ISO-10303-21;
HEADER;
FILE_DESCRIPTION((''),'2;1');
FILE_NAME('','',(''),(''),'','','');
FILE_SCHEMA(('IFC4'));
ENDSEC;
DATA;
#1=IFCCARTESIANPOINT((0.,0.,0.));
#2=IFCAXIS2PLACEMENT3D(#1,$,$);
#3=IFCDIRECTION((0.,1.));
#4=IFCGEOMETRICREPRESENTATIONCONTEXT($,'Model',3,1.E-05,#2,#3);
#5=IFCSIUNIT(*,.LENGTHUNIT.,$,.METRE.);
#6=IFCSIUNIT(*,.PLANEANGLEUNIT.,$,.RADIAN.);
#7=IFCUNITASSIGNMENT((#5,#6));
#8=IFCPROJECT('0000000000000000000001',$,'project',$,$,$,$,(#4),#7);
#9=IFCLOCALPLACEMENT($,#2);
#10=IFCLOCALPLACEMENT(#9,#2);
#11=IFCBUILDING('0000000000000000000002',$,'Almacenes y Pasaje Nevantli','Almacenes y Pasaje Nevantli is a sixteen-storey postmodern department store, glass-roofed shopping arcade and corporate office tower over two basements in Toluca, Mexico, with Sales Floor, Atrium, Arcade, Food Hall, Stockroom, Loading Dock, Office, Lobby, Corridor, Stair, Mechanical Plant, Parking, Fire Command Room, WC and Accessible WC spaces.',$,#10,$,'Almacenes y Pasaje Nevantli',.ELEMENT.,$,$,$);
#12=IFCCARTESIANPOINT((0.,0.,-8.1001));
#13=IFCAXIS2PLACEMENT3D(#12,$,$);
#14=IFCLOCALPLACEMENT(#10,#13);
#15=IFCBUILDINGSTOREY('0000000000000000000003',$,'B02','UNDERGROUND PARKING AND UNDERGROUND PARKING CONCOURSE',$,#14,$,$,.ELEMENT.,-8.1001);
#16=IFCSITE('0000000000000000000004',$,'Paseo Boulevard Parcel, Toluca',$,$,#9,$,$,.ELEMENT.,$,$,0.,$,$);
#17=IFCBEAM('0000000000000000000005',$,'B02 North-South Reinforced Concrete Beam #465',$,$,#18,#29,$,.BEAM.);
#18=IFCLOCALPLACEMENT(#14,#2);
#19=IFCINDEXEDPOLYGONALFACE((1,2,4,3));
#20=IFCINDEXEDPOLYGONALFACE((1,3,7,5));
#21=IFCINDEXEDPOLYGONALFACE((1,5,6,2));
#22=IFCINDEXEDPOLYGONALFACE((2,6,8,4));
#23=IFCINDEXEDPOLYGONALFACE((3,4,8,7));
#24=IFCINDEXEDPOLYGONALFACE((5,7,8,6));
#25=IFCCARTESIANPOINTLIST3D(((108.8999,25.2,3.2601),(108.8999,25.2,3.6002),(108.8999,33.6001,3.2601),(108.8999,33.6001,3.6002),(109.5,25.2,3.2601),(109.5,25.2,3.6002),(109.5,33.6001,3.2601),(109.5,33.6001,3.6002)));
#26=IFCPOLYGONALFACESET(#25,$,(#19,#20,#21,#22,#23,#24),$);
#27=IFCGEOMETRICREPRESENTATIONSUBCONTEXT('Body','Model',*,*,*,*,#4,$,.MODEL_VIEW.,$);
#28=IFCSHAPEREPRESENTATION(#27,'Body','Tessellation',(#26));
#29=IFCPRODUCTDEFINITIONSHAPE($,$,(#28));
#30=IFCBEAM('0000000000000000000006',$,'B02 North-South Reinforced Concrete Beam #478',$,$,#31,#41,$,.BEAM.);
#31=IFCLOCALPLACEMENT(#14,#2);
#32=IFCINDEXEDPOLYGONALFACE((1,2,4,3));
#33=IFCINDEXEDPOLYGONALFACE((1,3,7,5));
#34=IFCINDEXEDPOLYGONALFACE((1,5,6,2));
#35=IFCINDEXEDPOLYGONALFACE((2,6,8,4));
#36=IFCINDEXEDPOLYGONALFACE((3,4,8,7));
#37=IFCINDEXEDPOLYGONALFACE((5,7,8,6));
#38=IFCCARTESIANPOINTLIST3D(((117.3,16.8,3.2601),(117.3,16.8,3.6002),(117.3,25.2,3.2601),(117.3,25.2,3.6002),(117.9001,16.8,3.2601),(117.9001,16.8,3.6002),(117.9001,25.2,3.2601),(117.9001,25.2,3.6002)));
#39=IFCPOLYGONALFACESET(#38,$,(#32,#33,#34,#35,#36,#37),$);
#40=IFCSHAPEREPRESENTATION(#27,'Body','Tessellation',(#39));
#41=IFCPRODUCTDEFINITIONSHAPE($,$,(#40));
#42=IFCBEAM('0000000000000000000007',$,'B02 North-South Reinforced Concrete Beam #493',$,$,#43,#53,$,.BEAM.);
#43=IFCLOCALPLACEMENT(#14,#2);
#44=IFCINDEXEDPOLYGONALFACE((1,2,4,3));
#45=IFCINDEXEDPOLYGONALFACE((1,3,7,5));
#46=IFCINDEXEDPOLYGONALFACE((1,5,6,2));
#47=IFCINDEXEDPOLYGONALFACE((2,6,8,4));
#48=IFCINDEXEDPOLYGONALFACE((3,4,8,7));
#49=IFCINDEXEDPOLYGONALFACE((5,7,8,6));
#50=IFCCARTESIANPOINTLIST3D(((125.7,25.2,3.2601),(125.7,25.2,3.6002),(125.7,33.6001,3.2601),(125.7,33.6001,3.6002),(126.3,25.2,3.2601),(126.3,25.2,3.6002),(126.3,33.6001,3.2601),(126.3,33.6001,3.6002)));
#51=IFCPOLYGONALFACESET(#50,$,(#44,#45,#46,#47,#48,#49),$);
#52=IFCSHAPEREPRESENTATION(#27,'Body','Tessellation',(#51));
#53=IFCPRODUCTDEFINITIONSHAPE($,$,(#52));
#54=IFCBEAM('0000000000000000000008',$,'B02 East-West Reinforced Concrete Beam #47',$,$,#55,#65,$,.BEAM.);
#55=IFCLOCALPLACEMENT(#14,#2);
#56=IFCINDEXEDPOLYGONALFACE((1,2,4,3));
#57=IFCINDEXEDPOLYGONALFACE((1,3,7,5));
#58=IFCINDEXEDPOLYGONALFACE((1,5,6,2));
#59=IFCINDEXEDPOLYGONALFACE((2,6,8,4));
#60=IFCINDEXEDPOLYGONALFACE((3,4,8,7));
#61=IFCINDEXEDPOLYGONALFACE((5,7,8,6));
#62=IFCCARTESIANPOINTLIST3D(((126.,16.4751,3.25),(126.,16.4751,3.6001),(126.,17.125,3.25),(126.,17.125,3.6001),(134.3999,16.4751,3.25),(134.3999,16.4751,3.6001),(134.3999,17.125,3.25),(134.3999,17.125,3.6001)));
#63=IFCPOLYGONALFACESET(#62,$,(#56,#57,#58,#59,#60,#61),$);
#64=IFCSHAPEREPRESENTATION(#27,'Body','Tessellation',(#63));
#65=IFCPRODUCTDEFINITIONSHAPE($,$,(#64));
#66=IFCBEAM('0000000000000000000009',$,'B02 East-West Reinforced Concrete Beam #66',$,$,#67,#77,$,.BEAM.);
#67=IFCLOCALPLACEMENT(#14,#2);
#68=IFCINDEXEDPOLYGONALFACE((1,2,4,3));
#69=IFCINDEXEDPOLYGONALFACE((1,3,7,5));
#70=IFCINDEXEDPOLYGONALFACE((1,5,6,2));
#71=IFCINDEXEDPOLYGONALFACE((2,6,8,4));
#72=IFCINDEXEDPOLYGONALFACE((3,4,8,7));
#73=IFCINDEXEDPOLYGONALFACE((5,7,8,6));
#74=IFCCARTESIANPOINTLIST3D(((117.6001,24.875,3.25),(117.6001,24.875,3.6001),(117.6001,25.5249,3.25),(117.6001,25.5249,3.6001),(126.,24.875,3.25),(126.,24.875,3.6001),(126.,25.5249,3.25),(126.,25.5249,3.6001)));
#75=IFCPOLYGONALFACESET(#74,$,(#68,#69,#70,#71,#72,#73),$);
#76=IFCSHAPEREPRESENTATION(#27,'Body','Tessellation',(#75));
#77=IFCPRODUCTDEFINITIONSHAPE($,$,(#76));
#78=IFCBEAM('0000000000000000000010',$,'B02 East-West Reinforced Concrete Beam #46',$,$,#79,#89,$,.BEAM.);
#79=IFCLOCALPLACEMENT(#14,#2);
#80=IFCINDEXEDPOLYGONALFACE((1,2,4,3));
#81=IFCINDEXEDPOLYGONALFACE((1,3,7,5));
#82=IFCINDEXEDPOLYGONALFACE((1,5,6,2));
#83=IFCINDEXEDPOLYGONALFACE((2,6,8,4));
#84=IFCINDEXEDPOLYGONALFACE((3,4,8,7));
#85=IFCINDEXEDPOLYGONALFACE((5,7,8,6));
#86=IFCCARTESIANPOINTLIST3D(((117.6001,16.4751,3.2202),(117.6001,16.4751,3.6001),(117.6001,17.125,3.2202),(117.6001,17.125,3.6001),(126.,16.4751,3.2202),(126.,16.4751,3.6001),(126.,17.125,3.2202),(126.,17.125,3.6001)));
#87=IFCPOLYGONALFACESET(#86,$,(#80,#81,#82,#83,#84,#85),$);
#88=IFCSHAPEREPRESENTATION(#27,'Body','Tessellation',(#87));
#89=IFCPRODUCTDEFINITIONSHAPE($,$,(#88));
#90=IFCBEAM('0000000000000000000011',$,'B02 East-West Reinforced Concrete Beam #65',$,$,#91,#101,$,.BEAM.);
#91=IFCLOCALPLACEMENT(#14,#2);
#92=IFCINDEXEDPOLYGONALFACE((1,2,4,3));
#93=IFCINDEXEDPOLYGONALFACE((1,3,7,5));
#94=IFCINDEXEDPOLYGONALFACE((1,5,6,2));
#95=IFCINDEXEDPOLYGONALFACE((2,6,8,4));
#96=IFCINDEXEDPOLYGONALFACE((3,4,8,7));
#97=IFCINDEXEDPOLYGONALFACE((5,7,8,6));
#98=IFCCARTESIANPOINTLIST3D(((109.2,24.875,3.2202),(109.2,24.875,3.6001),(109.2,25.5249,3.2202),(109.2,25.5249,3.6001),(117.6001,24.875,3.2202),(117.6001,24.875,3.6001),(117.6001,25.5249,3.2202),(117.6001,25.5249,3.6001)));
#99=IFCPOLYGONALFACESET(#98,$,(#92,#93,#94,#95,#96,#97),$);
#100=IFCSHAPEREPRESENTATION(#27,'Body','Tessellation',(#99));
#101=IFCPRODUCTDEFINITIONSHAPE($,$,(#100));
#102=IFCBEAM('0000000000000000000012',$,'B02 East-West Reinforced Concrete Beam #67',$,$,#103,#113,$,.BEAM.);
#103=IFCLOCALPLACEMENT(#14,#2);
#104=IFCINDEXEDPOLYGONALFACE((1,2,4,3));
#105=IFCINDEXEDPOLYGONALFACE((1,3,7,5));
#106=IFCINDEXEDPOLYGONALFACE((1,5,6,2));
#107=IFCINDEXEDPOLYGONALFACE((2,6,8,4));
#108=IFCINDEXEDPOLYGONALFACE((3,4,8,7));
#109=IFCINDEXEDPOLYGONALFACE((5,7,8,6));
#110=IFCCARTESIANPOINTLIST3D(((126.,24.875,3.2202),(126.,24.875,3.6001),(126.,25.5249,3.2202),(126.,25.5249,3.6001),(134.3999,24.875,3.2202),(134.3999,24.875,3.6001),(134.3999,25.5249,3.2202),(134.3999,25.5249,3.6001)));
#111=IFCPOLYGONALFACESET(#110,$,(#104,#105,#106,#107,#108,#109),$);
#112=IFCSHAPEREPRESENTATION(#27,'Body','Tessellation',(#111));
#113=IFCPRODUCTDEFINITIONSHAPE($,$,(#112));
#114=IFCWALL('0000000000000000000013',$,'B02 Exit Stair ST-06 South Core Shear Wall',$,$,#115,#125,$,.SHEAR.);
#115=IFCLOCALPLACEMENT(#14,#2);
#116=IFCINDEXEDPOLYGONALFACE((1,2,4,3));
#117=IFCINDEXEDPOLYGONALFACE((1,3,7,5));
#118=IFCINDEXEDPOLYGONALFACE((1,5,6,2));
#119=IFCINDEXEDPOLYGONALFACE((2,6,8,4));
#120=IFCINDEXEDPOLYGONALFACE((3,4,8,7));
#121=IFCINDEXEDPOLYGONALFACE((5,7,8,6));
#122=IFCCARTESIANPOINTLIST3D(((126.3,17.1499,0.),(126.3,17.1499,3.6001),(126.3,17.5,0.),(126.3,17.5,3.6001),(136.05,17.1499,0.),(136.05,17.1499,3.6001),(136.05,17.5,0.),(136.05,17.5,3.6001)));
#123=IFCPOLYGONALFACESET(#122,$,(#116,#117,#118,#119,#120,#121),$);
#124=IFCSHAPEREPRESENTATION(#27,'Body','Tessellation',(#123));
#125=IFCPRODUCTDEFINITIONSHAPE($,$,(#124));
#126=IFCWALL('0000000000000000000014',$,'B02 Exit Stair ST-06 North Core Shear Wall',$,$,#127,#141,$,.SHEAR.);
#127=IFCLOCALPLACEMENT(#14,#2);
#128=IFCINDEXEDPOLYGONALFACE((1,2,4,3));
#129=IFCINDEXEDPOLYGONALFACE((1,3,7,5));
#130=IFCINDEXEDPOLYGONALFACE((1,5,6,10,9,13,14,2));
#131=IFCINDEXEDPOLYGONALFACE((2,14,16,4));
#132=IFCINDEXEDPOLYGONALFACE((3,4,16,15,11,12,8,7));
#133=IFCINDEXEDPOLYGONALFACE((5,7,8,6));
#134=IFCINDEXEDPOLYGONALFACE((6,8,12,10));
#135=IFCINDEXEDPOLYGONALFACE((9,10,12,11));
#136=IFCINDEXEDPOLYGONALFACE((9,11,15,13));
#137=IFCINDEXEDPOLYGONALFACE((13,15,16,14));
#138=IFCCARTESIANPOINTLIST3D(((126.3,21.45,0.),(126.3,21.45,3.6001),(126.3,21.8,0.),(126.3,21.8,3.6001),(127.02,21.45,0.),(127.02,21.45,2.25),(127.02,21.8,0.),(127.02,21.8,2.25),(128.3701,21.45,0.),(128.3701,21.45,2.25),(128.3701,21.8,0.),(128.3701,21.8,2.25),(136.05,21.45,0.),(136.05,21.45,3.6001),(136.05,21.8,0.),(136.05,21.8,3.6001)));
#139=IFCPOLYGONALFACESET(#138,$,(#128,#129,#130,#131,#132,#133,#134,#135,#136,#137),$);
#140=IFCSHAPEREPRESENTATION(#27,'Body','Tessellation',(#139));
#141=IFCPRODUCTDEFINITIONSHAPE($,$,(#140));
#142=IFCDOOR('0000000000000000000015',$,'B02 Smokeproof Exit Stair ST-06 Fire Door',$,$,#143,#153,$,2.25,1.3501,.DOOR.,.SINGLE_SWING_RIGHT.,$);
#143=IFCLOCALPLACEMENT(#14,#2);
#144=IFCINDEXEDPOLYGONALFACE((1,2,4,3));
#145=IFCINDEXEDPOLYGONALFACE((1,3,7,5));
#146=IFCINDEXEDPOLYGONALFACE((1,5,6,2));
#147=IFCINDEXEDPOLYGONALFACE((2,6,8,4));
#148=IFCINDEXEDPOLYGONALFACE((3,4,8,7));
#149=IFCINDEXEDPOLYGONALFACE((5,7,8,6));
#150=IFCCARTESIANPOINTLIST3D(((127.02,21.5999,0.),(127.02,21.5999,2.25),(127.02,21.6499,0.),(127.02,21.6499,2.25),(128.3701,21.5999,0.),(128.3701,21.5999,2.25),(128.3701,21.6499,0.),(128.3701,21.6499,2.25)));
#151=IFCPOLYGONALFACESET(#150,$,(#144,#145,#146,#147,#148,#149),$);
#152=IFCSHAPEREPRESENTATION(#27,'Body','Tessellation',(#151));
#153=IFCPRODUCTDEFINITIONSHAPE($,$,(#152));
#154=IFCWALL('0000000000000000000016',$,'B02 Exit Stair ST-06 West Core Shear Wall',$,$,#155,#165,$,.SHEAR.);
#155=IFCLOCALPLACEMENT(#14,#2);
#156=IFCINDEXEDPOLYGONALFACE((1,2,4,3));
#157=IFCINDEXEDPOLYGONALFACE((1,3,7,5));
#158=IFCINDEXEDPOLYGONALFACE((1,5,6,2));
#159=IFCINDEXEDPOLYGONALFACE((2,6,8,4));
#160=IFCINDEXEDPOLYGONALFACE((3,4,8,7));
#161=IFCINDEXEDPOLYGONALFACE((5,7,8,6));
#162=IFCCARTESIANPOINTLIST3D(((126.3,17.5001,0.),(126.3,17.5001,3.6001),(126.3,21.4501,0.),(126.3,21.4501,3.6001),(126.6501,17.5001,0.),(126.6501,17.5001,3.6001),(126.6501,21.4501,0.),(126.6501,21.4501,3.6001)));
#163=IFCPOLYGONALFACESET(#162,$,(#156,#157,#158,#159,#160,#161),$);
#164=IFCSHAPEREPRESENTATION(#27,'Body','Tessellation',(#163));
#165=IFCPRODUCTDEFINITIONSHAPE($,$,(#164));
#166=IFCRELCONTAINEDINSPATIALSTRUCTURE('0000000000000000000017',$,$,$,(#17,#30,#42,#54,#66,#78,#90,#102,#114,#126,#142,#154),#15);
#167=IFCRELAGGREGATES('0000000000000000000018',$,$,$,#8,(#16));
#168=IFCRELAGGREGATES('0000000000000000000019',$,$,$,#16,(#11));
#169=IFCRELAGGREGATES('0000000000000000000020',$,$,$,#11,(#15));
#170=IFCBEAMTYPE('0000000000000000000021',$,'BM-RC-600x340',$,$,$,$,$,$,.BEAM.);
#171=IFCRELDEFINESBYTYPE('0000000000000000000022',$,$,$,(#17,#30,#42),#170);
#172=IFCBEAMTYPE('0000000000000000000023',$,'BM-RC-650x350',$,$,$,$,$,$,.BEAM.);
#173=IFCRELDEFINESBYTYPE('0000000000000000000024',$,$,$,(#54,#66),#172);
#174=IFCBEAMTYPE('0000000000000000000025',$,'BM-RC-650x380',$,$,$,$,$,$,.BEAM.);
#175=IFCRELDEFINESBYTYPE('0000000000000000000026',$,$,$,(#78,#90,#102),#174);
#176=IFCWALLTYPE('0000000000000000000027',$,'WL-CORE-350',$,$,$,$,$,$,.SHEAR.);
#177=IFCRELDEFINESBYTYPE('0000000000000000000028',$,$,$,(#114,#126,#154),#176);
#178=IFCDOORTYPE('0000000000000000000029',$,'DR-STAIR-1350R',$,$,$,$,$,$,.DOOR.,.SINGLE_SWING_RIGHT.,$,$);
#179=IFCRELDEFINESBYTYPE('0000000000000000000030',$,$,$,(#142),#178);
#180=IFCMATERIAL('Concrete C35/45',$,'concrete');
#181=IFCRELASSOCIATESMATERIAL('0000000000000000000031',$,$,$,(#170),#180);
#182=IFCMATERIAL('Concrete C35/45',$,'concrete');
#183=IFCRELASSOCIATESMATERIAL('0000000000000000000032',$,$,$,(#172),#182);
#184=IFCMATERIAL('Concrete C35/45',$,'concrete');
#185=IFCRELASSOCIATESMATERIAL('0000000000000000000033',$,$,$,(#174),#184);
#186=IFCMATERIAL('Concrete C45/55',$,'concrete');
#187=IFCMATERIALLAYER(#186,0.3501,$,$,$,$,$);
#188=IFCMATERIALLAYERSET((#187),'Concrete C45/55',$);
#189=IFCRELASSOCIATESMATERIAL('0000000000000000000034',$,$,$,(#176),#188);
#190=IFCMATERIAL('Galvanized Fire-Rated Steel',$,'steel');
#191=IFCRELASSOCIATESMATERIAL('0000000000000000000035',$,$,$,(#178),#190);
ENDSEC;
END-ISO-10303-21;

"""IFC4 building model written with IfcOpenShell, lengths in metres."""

from ifc_helpers import new_model, si_unit, direction, frame, frame_2d, origin, origin_2d, place, context, subcontext, project, spatial, rectangle, extrude, material, layer, layer_set, material_profile, profile_set, type_object, element, fill, save


model = new_model("IFC4")

# Units and contexts
model_context = context("Model", 3, precision=1e-05, world=origin(), true_north=direction((0.0, 1.0)))
body_context = subcontext(model_context, "Body", "Model", "MODEL_VIEW")
ifc_project = project(units=[si_unit("LENGTHUNIT", "METRE"), si_unit("PLANEANGLEUNIT", "RADIAN")], contexts=[model_context])

# Site, building, storey
site_placement = place(None, origin())
site = spatial("IfcSite", under=ifc_project, at=site_placement, Name="Paseo Boulevard Parcel, Toluca", CompositionType="ELEMENT", RefElevation=0.0)
building_placement = place(site_placement, origin())
building = spatial("IfcBuilding", under=site, at=building_placement, Name="Almacenes y Pasaje Nevantli", Description="Almacenes y Pasaje Nevantli is a sixteen-storey postmodern department store, glass-roofed shopping arcade and corporate office tower over two basements in Toluca, Mexico, with Sales Floor, Atrium, Arcade, Food Hall, Stockroom, Loading Dock, Office, Lobby, Corridor, Stair, Mechanical Plant, Parking, Fire Command Room, WC and Accessible WC spaces.", LongName="Almacenes y Pasaje Nevantli", CompositionType="ELEMENT")
storey_placement = place(building_placement, frame((0.0, 0.0, -8.1001)))
storey = spatial("IfcBuildingStorey", under=building, at=storey_placement, Name="B02", Description="UNDERGROUND PARKING AND UNDERGROUND PARKING CONCOURSE", CompositionType="ELEMENT", Elevation=-8.1001)

# Beams
ifc_material_1 = material(Name="Concrete C35/45", Category="concrete")
ifc_material_profile_1 = material_profile(ifc_material_1, rectangle(XDim=0.6001, YDim=0.3401, at=origin_2d()), Name="RC-BM-600x340")
ifc_profile_set_1 = profile_set([ifc_material_profile_1], Name="Concrete C35/45")
beam_type_1 = type_object("IfcBeamType", Name="BM-RC-600x340", PredefinedType="BEAM", material=ifc_profile_set_1)
beam_1_placement = place(storey_placement, frame((109.2, 25.2, 3.4302), z_axis=(0.0, 1.0, 0.0), x_axis=(-1.0, 0.0, 0.0)))
element("IfcBeam", 1, at=beam_1_placement, inside=storey, type_object=beam_type_1, Name="B02 North-South Reinforced Concrete Beam #465", PredefinedType="BEAM", context=body_context, shape_type="SweptSolid", body=[
    extrude(rectangle(XDim=0.6001, YDim=0.3401, at=origin_2d()), origin(), (0.0, 0.0, 1.0), 8.4001),
])
beam_2_placement = place(storey_placement, frame((117.6001, 16.8, 3.4302), z_axis=(0.0, 1.0, 0.0), x_axis=(-1.0, 0.0, 0.0)))
element("IfcBeam", 2, at=beam_2_placement, inside=storey, type_object=beam_type_1, Name="B02 North-South Reinforced Concrete Beam #478", PredefinedType="BEAM", context=body_context, shape_type="SweptSolid", body=[
    extrude(rectangle(XDim=0.6001, YDim=0.3401, at=origin_2d()), origin(), (0.0, 0.0, 1.0), 8.3999),
])
beam_3_placement = place(storey_placement, frame((126.0, 25.2, 3.4302), z_axis=(0.0, 1.0, 0.0), x_axis=(-1.0, 0.0, 0.0)))
element("IfcBeam", 3, at=beam_3_placement, inside=storey, type_object=beam_type_1, Name="B02 North-South Reinforced Concrete Beam #493", PredefinedType="BEAM", context=body_context, shape_type="SweptSolid", body=[
    extrude(rectangle(XDim=0.6001, YDim=0.3401, at=origin_2d()), origin(), (0.0, 0.0, 1.0), 8.4001),
])
ifc_material_2 = material(Name="Concrete C35/45", Category="concrete")
ifc_material_profile_2 = material_profile(ifc_material_2, rectangle(XDim=0.6499, YDim=0.3501, at=origin_2d()), Name="RC-BM-650x350")
ifc_profile_set_2 = profile_set([ifc_material_profile_2], Name="Concrete C35/45")
beam_type_2 = type_object("IfcBeamType", Name="BM-RC-650x350", PredefinedType="BEAM", material=ifc_profile_set_2)
for number, where, z_axis, x_axis, name in (
    (4, (126.0, 16.8, 3.425), (1.0, 0.0, 0.0), (0.0, 1.0, 0.0), "B02 East-West Reinforced Concrete Beam #47"),
    (5, (117.6001, 25.2, 3.425), (1.0, 0.0, 0.0), (0.0, 1.0, 0.0), "B02 East-West Reinforced Concrete Beam #66"),
):
    element("IfcBeam", number, at=place(storey_placement, frame(where, z_axis=z_axis, x_axis=x_axis)), inside=storey, type_object=beam_type_2, Name=name, PredefinedType="BEAM", context=body_context, shape_type="SweptSolid", body=[
        extrude(rectangle(XDim=0.6499, YDim=0.3501, at=origin_2d()), origin(), (0.0, 0.0, 1.0), 8.3999),
    ])
ifc_material_3 = material(Name="Concrete C35/45", Category="concrete")
ifc_material_profile_3 = material_profile(ifc_material_3, rectangle(XDim=0.6499, YDim=0.3799, at=origin_2d()), Name="RC-BM-650x380")
ifc_profile_set_3 = profile_set([ifc_material_profile_3], Name="Concrete C35/45")
beam_type_3 = type_object("IfcBeamType", Name="BM-RC-650x380", PredefinedType="BEAM", material=ifc_profile_set_3)
beam_4_placement = place(storey_placement, frame((117.6001, 16.8, 3.4102), z_axis=(1.0, 0.0, 0.0), x_axis=(0.0, 1.0, 0.0)))
element("IfcBeam", 6, at=beam_4_placement, inside=storey, type_object=beam_type_3, Name="B02 East-West Reinforced Concrete Beam #46", PredefinedType="BEAM", context=body_context, shape_type="SweptSolid", body=[
    extrude(rectangle(XDim=0.6499, YDim=0.3799, at=origin_2d()), origin(), (0.0, 0.0, 1.0), 8.3999),
])
beam_5_placement = place(storey_placement, frame((109.2, 25.2, 3.4102), z_axis=(1.0, 0.0, 0.0), x_axis=(0.0, 1.0, 0.0)))
element("IfcBeam", 7, at=beam_5_placement, inside=storey, type_object=beam_type_3, Name="B02 East-West Reinforced Concrete Beam #65", PredefinedType="BEAM", context=body_context, shape_type="SweptSolid", body=[
    extrude(rectangle(XDim=0.6499, YDim=0.3799, at=origin_2d()), origin(), (0.0, 0.0, 1.0), 8.4001),
])
beam_6_placement = place(storey_placement, frame((126.0, 25.2, 3.4102), z_axis=(1.0, 0.0, 0.0), x_axis=(0.0, 1.0, 0.0)))
element("IfcBeam", 8, at=beam_6_placement, inside=storey, type_object=beam_type_3, Name="B02 East-West Reinforced Concrete Beam #67", PredefinedType="BEAM", context=body_context, shape_type="SweptSolid", body=[
    extrude(rectangle(XDim=0.6499, YDim=0.3799, at=origin_2d()), origin(), (0.0, 0.0, 1.0), 8.3999),
])

# Wall
ifc_material_4 = material(Name="Concrete C45/55", Category="concrete")
ifc_layer_1 = layer(ifc_material_4, 0.3501)
ifc_layer_set_1 = layer_set([ifc_layer_1], Name="Concrete C45/55")
wall_type = type_object("IfcWallType", Name="WL-CORE-350", PredefinedType="SHEAR", material=ifc_layer_set_1)
wall_1_placement = place(storey_placement, frame((126.3, 17.325, 0.0), z_axis=(0.0, 0.0, 1.0), x_axis=(1.0, 0.0, 0.0)))
element("IfcWall", 9, at=wall_1_placement, inside=storey, type_object=wall_type, Name="B02 Exit Stair ST-06 South Core Shear Wall", PredefinedType="SHEAR", context=body_context, shape_type="SweptSolid", body=[
    extrude(rectangle(XDim=9.75, YDim=0.3501, at=frame_2d((4.875, 0.0))), origin(), (0.0, 0.0, 1.0), 3.6001),
])

# Wall, opening, door
wall_2_placement = place(storey_placement, frame((126.3, 21.625, 0.0), z_axis=(0.0, 0.0, 1.0), x_axis=(1.0, 0.0, 0.0)))
wall_2 = element("IfcWall", 10, at=wall_2_placement, inside=storey, type_object=wall_type, Name="B02 Exit Stair ST-06 North Core Shear Wall", PredefinedType="SHEAR", context=body_context, shape_type="SweptSolid", body=[
    extrude(rectangle(XDim=9.75, YDim=0.3501, at=frame_2d((4.875, 0.0))), origin(), (0.0, 0.0, 1.0), 3.6001),
])
opening_placement = place(wall_2_placement, frame((0.72, 0.0, 0.0)))
opening = element("IfcOpeningElement", 11, at=opening_placement, cuts=wall_2, PredefinedType="OPENING", context=body_context, shape_type="SweptSolid", body=[
    extrude(rectangle(XDim=1.3501, YDim=2.25, at=frame_2d((0.675, 1.125))), frame((0.0, 0.1851, 0.0), z_axis=(0.0, -1.0, 0.0), x_axis=(1.0, 0.0, 0.0)), (0.0, 0.0, 1.0), 0.3701),
])
ifc_material_5 = material(Name="Galvanized Fire-Rated Steel", Category="steel")
door_type = type_object("IfcDoorType", Name="DR-STAIR-1350R", OperationType="SINGLE_SWING_RIGHT", PredefinedType="DOOR", material=ifc_material_5)
door_placement = place(opening_placement, origin())
door = element("IfcDoor", 12, at=door_placement, inside=storey, type_object=door_type, Name="B02 Smokeproof Exit Stair ST-06 Fire Door", OperationType="SINGLE_SWING_RIGHT", OverallHeight=2.25, OverallWidth=1.3501, PredefinedType="DOOR", context=body_context, shape_type="SweptSolid", body=[
    extrude(rectangle(XDim=1.3501, YDim=2.25, at=frame_2d((0.675, 1.125))), frame((0.0, 0.0249, 0.0), z_axis=(0.0, -1.0, 0.0), x_axis=(1.0, 0.0, 0.0)), (0.0, 0.0, 1.0), 0.05),
])
fill(opening, door)

# Wall
wall_3_placement = place(storey_placement, frame((126.4751, 17.5, 0.0), z_axis=(0.0, 0.0, 1.0), x_axis=(0.0, 1.0, 0.0)))
element("IfcWall", 13, at=wall_3_placement, inside=storey, type_object=wall_type, Name="B02 Exit Stair ST-06 West Core Shear Wall", PredefinedType="SHEAR", context=body_context, shape_type="SweptSolid", body=[
    extrude(rectangle(XDim=3.95, YDim=0.3501, at=frame_2d((1.9751, 0.0))), origin(), (0.0, 0.0, 1.0), 3.6001),
])

save(model, "model.ifc")
